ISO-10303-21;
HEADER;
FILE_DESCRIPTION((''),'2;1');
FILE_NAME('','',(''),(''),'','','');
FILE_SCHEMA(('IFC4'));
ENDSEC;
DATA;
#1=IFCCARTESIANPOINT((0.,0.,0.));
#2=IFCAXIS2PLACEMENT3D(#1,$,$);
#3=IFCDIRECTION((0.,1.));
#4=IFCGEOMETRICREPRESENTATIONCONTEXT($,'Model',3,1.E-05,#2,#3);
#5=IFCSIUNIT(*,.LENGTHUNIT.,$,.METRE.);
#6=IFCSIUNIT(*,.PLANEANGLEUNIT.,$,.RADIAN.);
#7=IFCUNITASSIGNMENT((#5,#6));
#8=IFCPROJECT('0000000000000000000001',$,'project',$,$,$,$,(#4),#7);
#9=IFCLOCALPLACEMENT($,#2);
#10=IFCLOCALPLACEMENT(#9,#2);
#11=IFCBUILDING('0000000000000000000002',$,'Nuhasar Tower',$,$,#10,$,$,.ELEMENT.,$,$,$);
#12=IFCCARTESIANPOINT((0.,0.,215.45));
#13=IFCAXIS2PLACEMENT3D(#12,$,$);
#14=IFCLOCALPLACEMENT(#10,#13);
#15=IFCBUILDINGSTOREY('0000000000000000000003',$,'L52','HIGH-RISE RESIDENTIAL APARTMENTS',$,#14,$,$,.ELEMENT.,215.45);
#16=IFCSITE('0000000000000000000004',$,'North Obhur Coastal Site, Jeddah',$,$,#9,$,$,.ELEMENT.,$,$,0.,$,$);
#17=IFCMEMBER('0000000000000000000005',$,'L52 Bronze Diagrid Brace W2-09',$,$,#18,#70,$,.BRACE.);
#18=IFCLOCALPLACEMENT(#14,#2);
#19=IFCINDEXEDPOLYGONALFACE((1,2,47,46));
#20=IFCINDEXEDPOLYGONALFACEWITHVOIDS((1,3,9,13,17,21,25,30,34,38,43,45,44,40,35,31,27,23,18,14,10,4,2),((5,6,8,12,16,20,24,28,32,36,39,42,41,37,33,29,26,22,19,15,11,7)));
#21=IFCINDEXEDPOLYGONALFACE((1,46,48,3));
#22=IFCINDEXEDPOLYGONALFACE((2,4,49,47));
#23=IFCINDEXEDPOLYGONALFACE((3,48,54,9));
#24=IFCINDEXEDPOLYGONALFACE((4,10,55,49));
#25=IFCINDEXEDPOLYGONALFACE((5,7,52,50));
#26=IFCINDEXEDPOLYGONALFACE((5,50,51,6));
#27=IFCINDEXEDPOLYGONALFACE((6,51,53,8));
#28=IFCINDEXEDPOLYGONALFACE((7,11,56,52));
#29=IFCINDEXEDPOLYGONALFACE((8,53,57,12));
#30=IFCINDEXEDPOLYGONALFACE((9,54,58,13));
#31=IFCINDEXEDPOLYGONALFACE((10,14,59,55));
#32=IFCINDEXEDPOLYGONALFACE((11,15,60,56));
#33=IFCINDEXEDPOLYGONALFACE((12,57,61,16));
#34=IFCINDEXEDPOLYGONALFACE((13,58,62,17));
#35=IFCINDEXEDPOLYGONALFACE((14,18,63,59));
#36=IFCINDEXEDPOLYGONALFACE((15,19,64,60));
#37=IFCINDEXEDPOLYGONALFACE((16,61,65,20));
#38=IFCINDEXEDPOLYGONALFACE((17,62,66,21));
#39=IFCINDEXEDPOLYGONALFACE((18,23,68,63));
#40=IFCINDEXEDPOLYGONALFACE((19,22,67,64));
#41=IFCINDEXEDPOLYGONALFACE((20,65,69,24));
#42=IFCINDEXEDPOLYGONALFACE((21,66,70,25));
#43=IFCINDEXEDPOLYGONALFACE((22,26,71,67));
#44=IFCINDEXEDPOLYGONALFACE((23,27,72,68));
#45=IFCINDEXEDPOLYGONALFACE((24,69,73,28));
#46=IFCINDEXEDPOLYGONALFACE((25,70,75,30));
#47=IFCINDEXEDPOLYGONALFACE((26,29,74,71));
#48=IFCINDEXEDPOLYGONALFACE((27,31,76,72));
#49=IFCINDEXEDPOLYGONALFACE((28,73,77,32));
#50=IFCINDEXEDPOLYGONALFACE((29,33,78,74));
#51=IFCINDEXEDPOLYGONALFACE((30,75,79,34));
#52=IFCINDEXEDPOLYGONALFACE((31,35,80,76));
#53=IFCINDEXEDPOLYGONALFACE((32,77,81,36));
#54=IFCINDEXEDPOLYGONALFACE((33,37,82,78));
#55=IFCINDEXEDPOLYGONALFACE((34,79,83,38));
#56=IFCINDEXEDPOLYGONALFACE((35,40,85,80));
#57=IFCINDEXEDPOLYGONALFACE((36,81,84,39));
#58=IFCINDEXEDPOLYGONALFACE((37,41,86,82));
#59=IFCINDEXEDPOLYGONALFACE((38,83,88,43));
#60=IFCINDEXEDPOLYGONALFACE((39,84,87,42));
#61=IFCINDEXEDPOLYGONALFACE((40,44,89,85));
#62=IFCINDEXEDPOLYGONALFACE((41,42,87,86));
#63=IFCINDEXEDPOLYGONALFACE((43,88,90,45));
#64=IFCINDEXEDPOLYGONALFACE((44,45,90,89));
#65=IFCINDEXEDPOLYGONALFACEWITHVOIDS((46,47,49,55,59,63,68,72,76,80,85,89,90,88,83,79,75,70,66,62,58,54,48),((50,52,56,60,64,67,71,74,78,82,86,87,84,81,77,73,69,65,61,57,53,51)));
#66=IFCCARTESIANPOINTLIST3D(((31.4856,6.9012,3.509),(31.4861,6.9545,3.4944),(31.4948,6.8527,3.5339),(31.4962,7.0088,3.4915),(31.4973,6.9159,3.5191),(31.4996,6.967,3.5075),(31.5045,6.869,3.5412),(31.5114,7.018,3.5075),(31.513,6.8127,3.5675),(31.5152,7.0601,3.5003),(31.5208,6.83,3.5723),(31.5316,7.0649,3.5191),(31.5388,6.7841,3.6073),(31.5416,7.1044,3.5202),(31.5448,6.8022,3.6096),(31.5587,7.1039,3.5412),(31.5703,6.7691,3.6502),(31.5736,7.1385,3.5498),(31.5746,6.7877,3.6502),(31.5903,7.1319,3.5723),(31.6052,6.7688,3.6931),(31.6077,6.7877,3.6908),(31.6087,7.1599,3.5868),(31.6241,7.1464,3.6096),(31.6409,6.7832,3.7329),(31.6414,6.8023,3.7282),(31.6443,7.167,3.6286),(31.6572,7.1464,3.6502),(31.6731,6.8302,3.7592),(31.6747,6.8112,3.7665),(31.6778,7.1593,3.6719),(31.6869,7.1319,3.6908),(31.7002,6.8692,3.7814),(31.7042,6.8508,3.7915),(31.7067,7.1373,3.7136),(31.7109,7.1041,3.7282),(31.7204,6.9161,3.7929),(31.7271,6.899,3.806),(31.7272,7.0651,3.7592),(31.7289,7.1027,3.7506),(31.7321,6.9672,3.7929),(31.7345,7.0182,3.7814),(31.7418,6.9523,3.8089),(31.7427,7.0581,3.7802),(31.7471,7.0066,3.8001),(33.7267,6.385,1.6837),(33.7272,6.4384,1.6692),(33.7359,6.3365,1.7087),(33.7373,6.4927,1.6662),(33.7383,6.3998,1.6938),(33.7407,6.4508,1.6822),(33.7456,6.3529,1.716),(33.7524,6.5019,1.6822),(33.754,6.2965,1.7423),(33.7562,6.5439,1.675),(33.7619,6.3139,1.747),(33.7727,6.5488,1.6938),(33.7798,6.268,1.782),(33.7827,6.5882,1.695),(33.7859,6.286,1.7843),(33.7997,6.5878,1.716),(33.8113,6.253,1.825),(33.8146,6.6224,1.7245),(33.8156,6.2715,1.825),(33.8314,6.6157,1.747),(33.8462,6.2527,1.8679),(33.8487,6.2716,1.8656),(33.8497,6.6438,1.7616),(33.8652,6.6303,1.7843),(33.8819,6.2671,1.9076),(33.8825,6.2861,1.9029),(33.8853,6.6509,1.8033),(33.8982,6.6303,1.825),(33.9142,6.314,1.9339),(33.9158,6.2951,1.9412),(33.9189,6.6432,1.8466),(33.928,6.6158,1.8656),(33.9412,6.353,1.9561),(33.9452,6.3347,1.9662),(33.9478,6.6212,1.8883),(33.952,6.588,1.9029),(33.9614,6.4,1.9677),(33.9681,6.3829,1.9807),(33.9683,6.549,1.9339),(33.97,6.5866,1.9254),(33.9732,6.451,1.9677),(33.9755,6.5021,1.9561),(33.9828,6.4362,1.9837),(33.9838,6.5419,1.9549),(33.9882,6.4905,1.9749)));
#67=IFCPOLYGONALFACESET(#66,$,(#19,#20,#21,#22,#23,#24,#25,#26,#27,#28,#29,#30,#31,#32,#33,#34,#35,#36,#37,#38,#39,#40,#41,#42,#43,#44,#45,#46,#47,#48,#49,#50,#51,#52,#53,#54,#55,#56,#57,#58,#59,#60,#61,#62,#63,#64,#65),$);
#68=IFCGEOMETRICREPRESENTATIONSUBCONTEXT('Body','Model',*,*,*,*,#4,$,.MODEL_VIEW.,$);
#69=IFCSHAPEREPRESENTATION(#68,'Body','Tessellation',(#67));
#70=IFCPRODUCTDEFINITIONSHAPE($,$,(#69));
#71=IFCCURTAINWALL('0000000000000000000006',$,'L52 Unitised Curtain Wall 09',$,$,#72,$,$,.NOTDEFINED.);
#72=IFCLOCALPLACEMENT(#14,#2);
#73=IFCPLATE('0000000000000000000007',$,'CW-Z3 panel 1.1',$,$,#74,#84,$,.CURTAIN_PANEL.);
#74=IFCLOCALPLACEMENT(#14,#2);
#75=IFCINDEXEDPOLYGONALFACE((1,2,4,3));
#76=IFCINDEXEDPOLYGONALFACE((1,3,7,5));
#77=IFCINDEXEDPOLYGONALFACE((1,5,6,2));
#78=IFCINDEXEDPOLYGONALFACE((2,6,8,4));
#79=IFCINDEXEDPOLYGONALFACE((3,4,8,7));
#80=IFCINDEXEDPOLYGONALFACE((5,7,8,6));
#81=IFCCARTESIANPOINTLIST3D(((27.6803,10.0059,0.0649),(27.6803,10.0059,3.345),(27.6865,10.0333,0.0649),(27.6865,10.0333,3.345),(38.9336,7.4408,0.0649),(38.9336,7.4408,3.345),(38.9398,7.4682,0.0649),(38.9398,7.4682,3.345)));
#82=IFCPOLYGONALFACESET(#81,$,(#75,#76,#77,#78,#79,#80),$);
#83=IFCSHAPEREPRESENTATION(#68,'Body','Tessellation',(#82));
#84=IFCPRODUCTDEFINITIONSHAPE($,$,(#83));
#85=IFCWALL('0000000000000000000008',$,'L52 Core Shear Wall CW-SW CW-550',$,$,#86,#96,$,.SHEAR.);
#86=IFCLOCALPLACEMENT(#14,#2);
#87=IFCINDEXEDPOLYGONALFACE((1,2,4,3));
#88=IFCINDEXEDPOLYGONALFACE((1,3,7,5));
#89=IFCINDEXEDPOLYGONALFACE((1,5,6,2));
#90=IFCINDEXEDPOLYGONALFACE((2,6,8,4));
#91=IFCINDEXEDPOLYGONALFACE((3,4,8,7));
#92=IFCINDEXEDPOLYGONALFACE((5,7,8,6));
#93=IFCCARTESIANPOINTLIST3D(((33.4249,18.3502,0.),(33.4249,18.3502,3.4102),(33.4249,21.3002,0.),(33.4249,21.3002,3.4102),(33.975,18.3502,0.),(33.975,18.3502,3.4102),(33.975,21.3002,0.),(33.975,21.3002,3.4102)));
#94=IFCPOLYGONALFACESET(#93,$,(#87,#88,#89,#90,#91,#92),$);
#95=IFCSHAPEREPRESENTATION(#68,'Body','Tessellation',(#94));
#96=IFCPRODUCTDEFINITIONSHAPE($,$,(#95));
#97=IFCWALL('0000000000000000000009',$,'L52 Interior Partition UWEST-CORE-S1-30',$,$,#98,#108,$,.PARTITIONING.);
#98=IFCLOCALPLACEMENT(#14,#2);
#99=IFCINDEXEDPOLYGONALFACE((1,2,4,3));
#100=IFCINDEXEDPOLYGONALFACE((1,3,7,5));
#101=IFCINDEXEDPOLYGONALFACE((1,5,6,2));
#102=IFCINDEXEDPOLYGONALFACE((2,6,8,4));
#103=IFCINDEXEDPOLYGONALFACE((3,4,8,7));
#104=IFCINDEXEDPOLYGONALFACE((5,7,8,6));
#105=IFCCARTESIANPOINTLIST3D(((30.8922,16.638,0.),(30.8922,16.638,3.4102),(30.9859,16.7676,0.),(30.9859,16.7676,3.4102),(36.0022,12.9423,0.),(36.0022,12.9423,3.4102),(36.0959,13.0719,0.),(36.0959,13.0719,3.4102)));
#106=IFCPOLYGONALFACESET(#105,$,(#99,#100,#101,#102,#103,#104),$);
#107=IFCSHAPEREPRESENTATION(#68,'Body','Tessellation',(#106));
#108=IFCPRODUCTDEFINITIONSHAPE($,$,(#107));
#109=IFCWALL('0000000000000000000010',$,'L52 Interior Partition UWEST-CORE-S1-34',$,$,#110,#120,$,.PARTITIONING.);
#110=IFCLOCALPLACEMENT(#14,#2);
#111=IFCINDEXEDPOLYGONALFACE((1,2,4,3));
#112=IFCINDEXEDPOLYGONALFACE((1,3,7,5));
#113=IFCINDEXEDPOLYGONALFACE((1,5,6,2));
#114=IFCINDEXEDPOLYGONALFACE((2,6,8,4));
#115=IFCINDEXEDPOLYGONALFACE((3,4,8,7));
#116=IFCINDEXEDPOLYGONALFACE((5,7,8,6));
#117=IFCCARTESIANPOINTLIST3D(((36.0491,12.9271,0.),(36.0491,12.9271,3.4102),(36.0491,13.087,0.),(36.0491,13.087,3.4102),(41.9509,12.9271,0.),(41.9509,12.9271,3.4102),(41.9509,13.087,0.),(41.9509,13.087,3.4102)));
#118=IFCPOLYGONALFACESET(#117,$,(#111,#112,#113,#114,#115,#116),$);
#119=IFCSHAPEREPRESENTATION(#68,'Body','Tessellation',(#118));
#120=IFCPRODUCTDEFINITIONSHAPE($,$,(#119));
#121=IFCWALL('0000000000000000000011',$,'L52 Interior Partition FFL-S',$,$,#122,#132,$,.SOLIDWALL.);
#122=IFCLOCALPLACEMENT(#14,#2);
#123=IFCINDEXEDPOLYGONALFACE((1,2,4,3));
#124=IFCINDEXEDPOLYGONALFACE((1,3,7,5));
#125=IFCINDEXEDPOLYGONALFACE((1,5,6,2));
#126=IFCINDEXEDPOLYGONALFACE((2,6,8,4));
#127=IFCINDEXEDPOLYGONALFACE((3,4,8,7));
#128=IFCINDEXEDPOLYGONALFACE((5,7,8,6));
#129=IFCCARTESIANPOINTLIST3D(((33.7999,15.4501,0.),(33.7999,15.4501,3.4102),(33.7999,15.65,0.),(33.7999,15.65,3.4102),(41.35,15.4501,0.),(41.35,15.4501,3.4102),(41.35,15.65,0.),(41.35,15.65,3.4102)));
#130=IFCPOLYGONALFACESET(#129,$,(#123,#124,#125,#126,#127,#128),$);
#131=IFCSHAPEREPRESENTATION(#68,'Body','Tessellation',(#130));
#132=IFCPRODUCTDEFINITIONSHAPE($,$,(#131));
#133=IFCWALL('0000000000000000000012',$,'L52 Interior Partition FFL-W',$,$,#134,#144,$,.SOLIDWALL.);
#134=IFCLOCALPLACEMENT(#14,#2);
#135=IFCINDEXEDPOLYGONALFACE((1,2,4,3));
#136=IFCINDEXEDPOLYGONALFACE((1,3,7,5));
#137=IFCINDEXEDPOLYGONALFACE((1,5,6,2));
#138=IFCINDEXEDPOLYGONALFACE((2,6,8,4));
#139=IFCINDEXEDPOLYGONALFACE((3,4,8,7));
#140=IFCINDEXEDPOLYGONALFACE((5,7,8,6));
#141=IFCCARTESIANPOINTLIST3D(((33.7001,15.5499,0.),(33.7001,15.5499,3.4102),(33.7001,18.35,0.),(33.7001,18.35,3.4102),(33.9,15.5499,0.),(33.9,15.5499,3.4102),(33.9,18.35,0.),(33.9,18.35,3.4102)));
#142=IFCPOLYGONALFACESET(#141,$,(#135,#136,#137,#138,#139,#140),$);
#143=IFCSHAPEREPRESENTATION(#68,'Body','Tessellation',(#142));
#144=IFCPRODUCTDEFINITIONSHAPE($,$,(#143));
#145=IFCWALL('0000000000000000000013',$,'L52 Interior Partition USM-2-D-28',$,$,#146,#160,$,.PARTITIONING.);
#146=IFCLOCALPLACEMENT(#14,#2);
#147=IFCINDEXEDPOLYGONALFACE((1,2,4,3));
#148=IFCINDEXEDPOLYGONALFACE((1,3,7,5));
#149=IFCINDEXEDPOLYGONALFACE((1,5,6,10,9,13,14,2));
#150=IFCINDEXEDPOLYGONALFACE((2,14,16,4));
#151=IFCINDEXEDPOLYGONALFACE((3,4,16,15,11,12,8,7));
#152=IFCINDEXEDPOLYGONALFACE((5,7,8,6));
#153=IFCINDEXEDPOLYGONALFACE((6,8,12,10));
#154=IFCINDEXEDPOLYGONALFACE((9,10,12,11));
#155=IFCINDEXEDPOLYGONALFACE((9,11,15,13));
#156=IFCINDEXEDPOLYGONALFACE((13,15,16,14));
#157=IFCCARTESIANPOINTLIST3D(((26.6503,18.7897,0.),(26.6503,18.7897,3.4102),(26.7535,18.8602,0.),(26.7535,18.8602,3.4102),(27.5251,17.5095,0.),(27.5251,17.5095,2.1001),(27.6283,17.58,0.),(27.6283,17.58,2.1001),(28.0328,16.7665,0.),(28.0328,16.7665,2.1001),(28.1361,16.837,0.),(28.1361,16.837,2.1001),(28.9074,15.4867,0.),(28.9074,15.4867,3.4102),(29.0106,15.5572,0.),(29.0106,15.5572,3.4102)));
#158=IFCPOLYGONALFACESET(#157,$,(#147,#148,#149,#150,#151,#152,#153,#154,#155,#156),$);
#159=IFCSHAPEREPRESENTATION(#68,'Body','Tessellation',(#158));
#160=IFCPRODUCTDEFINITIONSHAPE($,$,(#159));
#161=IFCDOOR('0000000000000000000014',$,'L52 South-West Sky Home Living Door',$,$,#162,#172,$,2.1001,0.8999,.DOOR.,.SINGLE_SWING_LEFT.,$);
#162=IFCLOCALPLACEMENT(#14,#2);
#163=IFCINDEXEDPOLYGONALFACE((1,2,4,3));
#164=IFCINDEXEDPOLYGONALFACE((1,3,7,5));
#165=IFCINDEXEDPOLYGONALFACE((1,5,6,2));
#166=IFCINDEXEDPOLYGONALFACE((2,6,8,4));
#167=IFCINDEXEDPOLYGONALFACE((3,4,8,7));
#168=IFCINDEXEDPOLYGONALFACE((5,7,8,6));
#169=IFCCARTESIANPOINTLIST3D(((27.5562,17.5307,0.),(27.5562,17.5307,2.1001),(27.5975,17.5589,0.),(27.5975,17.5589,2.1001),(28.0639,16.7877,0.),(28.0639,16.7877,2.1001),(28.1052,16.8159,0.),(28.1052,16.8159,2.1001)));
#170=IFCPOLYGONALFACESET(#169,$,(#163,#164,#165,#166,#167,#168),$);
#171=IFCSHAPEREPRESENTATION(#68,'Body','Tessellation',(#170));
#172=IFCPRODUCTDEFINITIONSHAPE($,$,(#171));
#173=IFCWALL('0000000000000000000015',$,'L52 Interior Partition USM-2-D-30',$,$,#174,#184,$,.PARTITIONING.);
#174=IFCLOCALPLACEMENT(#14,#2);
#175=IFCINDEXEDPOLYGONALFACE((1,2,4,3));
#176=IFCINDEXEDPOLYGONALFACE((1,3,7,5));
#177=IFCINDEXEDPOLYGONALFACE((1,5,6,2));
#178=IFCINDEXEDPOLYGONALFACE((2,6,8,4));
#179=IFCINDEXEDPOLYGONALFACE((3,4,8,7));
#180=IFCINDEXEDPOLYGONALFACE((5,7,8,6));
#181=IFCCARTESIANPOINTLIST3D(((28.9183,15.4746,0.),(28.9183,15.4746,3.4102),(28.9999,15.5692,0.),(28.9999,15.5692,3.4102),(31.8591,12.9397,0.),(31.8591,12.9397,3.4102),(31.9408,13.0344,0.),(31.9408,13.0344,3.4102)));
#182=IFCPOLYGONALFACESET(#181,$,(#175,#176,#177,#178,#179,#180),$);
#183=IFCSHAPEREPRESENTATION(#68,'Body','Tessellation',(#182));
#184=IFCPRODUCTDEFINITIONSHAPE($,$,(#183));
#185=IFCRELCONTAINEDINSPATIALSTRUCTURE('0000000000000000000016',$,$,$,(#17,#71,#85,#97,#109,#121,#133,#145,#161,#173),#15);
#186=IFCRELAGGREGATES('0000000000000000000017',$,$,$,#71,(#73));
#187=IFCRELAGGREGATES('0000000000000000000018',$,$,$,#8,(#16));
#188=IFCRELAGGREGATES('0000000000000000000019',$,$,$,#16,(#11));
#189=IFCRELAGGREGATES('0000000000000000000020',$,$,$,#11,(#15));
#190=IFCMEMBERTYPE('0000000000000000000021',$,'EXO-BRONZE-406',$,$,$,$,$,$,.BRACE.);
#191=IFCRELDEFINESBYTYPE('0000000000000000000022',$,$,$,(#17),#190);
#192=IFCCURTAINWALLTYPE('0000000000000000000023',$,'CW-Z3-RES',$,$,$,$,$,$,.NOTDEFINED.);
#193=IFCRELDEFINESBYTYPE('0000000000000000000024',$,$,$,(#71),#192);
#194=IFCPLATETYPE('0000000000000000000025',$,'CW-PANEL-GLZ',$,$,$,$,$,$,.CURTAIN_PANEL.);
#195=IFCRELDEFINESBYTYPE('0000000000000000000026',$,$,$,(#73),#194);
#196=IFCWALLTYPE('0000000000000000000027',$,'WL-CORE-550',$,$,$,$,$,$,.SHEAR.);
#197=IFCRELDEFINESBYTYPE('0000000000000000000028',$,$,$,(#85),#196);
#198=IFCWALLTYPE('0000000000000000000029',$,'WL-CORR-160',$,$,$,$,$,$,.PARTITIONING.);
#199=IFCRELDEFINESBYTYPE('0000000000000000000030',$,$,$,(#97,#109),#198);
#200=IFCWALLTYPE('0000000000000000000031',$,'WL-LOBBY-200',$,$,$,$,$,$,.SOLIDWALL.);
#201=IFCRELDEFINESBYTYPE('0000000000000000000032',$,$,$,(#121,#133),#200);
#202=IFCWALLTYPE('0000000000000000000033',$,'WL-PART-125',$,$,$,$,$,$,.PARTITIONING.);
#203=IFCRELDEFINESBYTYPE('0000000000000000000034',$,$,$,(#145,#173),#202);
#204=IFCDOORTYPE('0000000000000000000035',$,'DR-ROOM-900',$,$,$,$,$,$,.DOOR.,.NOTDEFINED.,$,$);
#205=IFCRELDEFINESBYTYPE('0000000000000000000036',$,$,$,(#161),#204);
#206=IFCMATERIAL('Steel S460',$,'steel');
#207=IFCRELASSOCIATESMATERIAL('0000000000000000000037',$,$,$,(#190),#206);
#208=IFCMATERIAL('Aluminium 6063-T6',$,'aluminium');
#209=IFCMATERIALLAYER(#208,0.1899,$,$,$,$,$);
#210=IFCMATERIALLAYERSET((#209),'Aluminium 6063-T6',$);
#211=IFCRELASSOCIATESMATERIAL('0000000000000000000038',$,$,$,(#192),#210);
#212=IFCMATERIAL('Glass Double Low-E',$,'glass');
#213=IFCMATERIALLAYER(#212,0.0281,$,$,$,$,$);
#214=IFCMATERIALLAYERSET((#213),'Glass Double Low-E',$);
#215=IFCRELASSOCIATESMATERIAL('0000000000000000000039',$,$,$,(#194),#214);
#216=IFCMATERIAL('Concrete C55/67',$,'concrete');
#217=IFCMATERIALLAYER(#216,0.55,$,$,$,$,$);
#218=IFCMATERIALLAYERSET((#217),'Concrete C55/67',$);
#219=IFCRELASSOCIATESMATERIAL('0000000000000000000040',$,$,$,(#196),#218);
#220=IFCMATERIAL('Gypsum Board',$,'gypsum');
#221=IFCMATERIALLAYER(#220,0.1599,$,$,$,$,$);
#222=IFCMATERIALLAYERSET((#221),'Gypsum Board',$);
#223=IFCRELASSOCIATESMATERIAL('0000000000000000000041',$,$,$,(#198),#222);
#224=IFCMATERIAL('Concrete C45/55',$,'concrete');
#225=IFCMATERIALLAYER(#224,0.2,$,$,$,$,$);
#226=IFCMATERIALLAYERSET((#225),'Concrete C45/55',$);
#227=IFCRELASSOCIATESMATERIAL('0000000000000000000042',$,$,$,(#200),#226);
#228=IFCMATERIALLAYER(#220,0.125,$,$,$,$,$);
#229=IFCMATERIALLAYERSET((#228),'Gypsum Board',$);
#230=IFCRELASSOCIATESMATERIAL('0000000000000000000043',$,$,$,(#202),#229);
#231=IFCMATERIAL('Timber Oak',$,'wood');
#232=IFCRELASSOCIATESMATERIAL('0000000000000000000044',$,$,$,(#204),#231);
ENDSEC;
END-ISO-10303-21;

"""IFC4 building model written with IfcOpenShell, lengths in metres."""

from ifc_helpers import new_model, si_unit, direction, frame, frame_2d, origin, origin_2d, place, context, subcontext, project, spatial, rectangle, hollow_circle, extrude, material, layer, layer_set, material_profile, profile_set, type_object, element, fill, aggregate, save


model = new_model("IFC4")

# Units and contexts
model_context = context("Model", 3, precision=1e-05, world=origin(), true_north=direction((0.0, 1.0)))
body_context = subcontext(model_context, "Body", "Model", "MODEL_VIEW")
ifc_project = project(units=[si_unit("LENGTHUNIT", "METRE"), si_unit("PLANEANGLEUNIT", "RADIAN")], contexts=[model_context])

# Site, building, storey
site_placement = place(None, origin())
site = spatial("IfcSite", under=ifc_project, at=site_placement, Name="North Obhur Coastal Site, Jeddah", CompositionType="ELEMENT", RefElevation=0.0)
building_placement = place(site_placement, origin())
building = spatial("IfcBuilding", under=site, at=building_placement, Name="Nuhasar Tower", CompositionType="ELEMENT")
storey_placement = place(building_placement, frame((0.0, 0.0, 215.45)))
storey = spatial("IfcBuildingStorey", under=building, at=storey_placement, Name="L52", Description="HIGH-RISE RESIDENTIAL APARTMENTS", CompositionType="ELEMENT", Elevation=215.45)

# Shared definitions
ifc_material_1 = material(Name="Concrete C55/67", Category="concrete")

# Member
ifc_material_2 = material(Name="Steel S460", Category="steel")
ifc_material_profile_1 = material_profile(ifc_material_2, hollow_circle(Radius=0.2031, WallThickness=0.019, at=origin_2d()), Name="HSS406.4X19.1")
ifc_profile_set_1 = profile_set([ifc_material_profile_1], Name="Steel S460")
member_type = type_object("IfcMemberType", Name="EXO-BRONZE-406", PredefinedType="BRACE", material=ifc_profile_set_1)
member_1_placement = place(storey_placement, frame((33.8569, 6.4509, 1.825), z_axis=(-0.763292, 0.175793, 0.621677), x_axis=(-0.224433, -0.97449, 0.0)))
element("IfcMember", 1, at=member_1_placement, inside=storey, type_object=member_type, Name="L52 Bronze Diagrid Brace W2-09", PredefinedType="BRACE", context=body_context, shape_type="SweptSolid", body=[
    extrude(hollow_circle(Radius=0.2031, WallThickness=0.019, at=origin_2d()), origin(), (0.0, 0.0, 1.0), 2.936),
])

# Curtain wall, plate
ifc_material_3 = material(Name="Aluminium 6063-T6", Category="aluminium")
ifc_layer_1 = layer(ifc_material_3, 0.1899)
ifc_layer_set_1 = layer_set([ifc_layer_1], Name="Aluminium 6063-T6")
curtain_wall_type = type_object("IfcCurtainWallType", Name="CW-Z3-RES", PredefinedType="NOTDEFINED", material=ifc_layer_set_1)
curtain_wall_placement = place(storey_placement, origin())
curtain_wall = element("IfcCurtainWall", 2, at=curtain_wall_placement, inside=storey, type_object=curtain_wall_type, Name="L52 Unitised Curtain Wall 09", PredefinedType="NOTDEFINED")
ifc_material_4 = material(Name="Glass Double Low-E", Category="glass")
ifc_layer_2 = layer(ifc_material_4, 0.0281)
ifc_layer_set_2 = layer_set([ifc_layer_2], Name="Glass Double Low-E")
plate_type = type_object("IfcPlateType", Name="CW-PANEL-GLZ", PredefinedType="CURTAIN_PANEL", material=ifc_layer_set_2)
plate_placement = place(storey_placement, frame((33.3101, 8.7371, 0.0649), z_axis=(0.0, 0.0, 1.0), x_axis=(0.974991, -0.222243, 0.0)))
plate = element("IfcPlate", 3, at=plate_placement, type_object=plate_type, Name="CW-Z3 panel 1.1", PredefinedType="CURTAIN_PANEL", context=body_context, shape_type="SweptSolid", body=[
    extrude(rectangle(XDim=11.542, YDim=0.0281, at=origin_2d()), origin(), (0.0, 0.0, 1.0), 3.28),
])
aggregate(curtain_wall, [plate])

# Walls
ifc_layer_3 = layer(ifc_material_1, 0.55)
ifc_layer_set_3 = layer_set([ifc_layer_3], Name="Concrete C55/67")
wall_type_1 = type_object("IfcWallType", Name="WL-CORE-550", PredefinedType="SHEAR", material=ifc_layer_set_3)
wall_1_placement = place(storey_placement, frame((33.7, 18.3501, 0.0), z_axis=(0.0, 0.0, 1.0), x_axis=(0.0, 1.0, 0.0)))
element("IfcWall", 4, at=wall_1_placement, inside=storey, type_object=wall_type_1, Name="L52 Core Shear Wall CW-SW CW-550", PredefinedType="SHEAR", context=body_context, shape_type="SweptSolid", body=[
    extrude(rectangle(XDim=2.95, YDim=0.55, at=frame_2d((1.4751, 0.0))), origin(), (0.0, 0.0, 1.0), 3.4102),
])
ifc_material_5 = material(Name="Gypsum Board", Category="gypsum")
ifc_layer_4 = layer(ifc_material_5, 0.1599)
ifc_layer_set_4 = layer_set([ifc_layer_4], Name="Gypsum Board")
wall_type_2 = type_object("IfcWallType", Name="WL-CORR-160", PredefinedType="PARTITIONING", material=ifc_layer_set_4)
wall_2_placement = place(storey_placement, frame((30.939, 16.7029, 0.0), z_axis=(0.0, 0.0, 1.0), x_axis=(0.81029, -0.586029, 0.0)))
element("IfcWall", 5, at=wall_2_placement, inside=storey, type_object=wall_type_2, Name="L52 Interior Partition UWEST-CORE-S1-30", PredefinedType="PARTITIONING", context=body_context, shape_type="SweptSolid", body=[
    extrude(rectangle(XDim=6.3064, YDim=0.1599, at=frame_2d((3.1533, 0.0))), origin(), (0.0, 0.0, 1.0), 3.4102),
])
wall_3_placement = place(storey_placement, frame((36.0491, 13.0071, 0.0), z_axis=(0.0, 0.0, 1.0), x_axis=(1.0, 0.0, 0.0)))
element("IfcWall", 6, at=wall_3_placement, inside=storey, type_object=wall_type_2, Name="L52 Interior Partition UWEST-CORE-S1-34", PredefinedType="PARTITIONING", context=body_context, shape_type="SweptSolid", body=[
    extrude(rectangle(XDim=5.9019, YDim=0.1599, at=frame_2d((2.9509, 0.0))), origin(), (0.0, 0.0, 1.0), 3.4102),
])
ifc_material_6 = material(Name="Concrete C45/55", Category="concrete")
ifc_layer_5 = layer(ifc_material_6, 0.2)
ifc_layer_set_5 = layer_set([ifc_layer_5], Name="Concrete C45/55")
wall_type_3 = type_object("IfcWallType", Name="WL-LOBBY-200", PredefinedType="SOLIDWALL", material=ifc_layer_set_5)
wall_4_placement = place(storey_placement, frame((33.8, 15.55, 0.0), z_axis=(0.0, 0.0, 1.0), x_axis=(1.0, 0.0, 0.0)))
element("IfcWall", 7, at=wall_4_placement, inside=storey, type_object=wall_type_3, Name="L52 Interior Partition FFL-S", PredefinedType="SOLIDWALL", context=body_context, shape_type="SweptSolid", body=[
    extrude(rectangle(XDim=7.55, YDim=0.2, at=frame_2d((3.7749, 0.0))), origin(), (0.0, 0.0, 1.0), 3.4102),
])
wall_5_placement = place(storey_placement, frame((33.8, 15.55, 0.0), z_axis=(0.0, 0.0, 1.0), x_axis=(0.0, 1.0, 0.0)))
element("IfcWall", 8, at=wall_5_placement, inside=storey, type_object=wall_type_3, Name="L52 Interior Partition FFL-W", PredefinedType="SOLIDWALL", context=body_context, shape_type="SweptSolid", body=[
    extrude(rectangle(XDim=2.8, YDim=0.2, at=frame_2d((1.3999, 0.0))), origin(), (0.0, 0.0, 1.0), 3.4102),
])

# Wall, opening, door
ifc_layer_6 = layer(ifc_material_5, 0.125)
ifc_layer_set_6 = layer_set([ifc_layer_6], Name="Gypsum Board")
wall_type_4 = type_object("IfcWallType", Name="WL-PART-125", PredefinedType="PARTITIONING", material=ifc_layer_set_6)
wall_6_placement = place(storey_placement, frame((28.959, 15.522, 0.0), z_axis=(0.0, 0.0, 1.0), x_axis=(-0.564198, 0.825639, 0.0)))
wall_6 = element("IfcWall", 9, at=wall_6_placement, inside=storey, type_object=wall_type_4, Name="L52 Interior Partition USM-2-D-28", PredefinedType="PARTITIONING", context=body_context, shape_type="SweptSolid", body=[
    extrude(rectangle(XDim=4.0005, YDim=0.125, at=frame_2d((2.0002, 0.0))), origin(), (0.0, 0.0, 1.0), 3.4102),
])
opening_1_placement = place(wall_6_placement, frame((1.55, 0.0, 0.0)))
opening_1 = element("IfcOpeningElement", 10, at=opening_1_placement, cuts=wall_6, PredefinedType="OPENING", context=body_context, shape_type="SweptSolid", body=[
    extrude(rectangle(XDim=0.8999, YDim=2.1001, at=frame_2d((0.45, 1.05))), frame((0.0, 0.0725, 0.0), z_axis=(0.0, -1.0, 0.0), x_axis=(1.0, 0.0, 0.0)), (0.0, 0.0, 1.0), 0.145),
])
ifc_material_7 = material(Name="Timber Oak", Category="wood")
door_type_1 = type_object("IfcDoorType", Name="DR-ROOM-900", OperationType="NOTDEFINED", PredefinedType="DOOR", material=ifc_material_7)
door_1_placement = place(opening_1_placement, origin())
door_1 = element("IfcDoor", 11, at=door_1_placement, inside=storey, type_object=door_type_1, Name="L52 South-West Sky Home Living Door", OperationType="SINGLE_SWING_LEFT", OverallHeight=2.1001, OverallWidth=0.8999, PredefinedType="DOOR", context=body_context, shape_type="SweptSolid", body=[
    extrude(rectangle(XDim=0.8999, YDim=2.1001, at=frame_2d((0.45, 1.05))), frame((0.0, 0.0249, 0.0), z_axis=(0.0, -1.0, 0.0), x_axis=(1.0, 0.0, 0.0)), (0.0, 0.0, 1.0), 0.05),
])
fill(opening_1, door_1)

# Wall
wall_7_placement = place(storey_placement, frame((28.959, 15.522, 0.0), z_axis=(0.0, 0.0, 1.0), x_axis=(0.757456, -0.652886, 0.0)))
element("IfcWall", 12, at=wall_7_placement, inside=storey, type_object=wall_type_4, Name="L52 Interior Partition USM-2-D-30", PredefinedType="PARTITIONING", context=body_context, shape_type="SweptSolid", body=[
    extrude(rectangle(XDim=3.8826, YDim=0.125, at=frame_2d((1.9414, 0.0))), origin(), (0.0, 0.0, 1.0), 3.4102),
])

save(model, "model.ifc")
